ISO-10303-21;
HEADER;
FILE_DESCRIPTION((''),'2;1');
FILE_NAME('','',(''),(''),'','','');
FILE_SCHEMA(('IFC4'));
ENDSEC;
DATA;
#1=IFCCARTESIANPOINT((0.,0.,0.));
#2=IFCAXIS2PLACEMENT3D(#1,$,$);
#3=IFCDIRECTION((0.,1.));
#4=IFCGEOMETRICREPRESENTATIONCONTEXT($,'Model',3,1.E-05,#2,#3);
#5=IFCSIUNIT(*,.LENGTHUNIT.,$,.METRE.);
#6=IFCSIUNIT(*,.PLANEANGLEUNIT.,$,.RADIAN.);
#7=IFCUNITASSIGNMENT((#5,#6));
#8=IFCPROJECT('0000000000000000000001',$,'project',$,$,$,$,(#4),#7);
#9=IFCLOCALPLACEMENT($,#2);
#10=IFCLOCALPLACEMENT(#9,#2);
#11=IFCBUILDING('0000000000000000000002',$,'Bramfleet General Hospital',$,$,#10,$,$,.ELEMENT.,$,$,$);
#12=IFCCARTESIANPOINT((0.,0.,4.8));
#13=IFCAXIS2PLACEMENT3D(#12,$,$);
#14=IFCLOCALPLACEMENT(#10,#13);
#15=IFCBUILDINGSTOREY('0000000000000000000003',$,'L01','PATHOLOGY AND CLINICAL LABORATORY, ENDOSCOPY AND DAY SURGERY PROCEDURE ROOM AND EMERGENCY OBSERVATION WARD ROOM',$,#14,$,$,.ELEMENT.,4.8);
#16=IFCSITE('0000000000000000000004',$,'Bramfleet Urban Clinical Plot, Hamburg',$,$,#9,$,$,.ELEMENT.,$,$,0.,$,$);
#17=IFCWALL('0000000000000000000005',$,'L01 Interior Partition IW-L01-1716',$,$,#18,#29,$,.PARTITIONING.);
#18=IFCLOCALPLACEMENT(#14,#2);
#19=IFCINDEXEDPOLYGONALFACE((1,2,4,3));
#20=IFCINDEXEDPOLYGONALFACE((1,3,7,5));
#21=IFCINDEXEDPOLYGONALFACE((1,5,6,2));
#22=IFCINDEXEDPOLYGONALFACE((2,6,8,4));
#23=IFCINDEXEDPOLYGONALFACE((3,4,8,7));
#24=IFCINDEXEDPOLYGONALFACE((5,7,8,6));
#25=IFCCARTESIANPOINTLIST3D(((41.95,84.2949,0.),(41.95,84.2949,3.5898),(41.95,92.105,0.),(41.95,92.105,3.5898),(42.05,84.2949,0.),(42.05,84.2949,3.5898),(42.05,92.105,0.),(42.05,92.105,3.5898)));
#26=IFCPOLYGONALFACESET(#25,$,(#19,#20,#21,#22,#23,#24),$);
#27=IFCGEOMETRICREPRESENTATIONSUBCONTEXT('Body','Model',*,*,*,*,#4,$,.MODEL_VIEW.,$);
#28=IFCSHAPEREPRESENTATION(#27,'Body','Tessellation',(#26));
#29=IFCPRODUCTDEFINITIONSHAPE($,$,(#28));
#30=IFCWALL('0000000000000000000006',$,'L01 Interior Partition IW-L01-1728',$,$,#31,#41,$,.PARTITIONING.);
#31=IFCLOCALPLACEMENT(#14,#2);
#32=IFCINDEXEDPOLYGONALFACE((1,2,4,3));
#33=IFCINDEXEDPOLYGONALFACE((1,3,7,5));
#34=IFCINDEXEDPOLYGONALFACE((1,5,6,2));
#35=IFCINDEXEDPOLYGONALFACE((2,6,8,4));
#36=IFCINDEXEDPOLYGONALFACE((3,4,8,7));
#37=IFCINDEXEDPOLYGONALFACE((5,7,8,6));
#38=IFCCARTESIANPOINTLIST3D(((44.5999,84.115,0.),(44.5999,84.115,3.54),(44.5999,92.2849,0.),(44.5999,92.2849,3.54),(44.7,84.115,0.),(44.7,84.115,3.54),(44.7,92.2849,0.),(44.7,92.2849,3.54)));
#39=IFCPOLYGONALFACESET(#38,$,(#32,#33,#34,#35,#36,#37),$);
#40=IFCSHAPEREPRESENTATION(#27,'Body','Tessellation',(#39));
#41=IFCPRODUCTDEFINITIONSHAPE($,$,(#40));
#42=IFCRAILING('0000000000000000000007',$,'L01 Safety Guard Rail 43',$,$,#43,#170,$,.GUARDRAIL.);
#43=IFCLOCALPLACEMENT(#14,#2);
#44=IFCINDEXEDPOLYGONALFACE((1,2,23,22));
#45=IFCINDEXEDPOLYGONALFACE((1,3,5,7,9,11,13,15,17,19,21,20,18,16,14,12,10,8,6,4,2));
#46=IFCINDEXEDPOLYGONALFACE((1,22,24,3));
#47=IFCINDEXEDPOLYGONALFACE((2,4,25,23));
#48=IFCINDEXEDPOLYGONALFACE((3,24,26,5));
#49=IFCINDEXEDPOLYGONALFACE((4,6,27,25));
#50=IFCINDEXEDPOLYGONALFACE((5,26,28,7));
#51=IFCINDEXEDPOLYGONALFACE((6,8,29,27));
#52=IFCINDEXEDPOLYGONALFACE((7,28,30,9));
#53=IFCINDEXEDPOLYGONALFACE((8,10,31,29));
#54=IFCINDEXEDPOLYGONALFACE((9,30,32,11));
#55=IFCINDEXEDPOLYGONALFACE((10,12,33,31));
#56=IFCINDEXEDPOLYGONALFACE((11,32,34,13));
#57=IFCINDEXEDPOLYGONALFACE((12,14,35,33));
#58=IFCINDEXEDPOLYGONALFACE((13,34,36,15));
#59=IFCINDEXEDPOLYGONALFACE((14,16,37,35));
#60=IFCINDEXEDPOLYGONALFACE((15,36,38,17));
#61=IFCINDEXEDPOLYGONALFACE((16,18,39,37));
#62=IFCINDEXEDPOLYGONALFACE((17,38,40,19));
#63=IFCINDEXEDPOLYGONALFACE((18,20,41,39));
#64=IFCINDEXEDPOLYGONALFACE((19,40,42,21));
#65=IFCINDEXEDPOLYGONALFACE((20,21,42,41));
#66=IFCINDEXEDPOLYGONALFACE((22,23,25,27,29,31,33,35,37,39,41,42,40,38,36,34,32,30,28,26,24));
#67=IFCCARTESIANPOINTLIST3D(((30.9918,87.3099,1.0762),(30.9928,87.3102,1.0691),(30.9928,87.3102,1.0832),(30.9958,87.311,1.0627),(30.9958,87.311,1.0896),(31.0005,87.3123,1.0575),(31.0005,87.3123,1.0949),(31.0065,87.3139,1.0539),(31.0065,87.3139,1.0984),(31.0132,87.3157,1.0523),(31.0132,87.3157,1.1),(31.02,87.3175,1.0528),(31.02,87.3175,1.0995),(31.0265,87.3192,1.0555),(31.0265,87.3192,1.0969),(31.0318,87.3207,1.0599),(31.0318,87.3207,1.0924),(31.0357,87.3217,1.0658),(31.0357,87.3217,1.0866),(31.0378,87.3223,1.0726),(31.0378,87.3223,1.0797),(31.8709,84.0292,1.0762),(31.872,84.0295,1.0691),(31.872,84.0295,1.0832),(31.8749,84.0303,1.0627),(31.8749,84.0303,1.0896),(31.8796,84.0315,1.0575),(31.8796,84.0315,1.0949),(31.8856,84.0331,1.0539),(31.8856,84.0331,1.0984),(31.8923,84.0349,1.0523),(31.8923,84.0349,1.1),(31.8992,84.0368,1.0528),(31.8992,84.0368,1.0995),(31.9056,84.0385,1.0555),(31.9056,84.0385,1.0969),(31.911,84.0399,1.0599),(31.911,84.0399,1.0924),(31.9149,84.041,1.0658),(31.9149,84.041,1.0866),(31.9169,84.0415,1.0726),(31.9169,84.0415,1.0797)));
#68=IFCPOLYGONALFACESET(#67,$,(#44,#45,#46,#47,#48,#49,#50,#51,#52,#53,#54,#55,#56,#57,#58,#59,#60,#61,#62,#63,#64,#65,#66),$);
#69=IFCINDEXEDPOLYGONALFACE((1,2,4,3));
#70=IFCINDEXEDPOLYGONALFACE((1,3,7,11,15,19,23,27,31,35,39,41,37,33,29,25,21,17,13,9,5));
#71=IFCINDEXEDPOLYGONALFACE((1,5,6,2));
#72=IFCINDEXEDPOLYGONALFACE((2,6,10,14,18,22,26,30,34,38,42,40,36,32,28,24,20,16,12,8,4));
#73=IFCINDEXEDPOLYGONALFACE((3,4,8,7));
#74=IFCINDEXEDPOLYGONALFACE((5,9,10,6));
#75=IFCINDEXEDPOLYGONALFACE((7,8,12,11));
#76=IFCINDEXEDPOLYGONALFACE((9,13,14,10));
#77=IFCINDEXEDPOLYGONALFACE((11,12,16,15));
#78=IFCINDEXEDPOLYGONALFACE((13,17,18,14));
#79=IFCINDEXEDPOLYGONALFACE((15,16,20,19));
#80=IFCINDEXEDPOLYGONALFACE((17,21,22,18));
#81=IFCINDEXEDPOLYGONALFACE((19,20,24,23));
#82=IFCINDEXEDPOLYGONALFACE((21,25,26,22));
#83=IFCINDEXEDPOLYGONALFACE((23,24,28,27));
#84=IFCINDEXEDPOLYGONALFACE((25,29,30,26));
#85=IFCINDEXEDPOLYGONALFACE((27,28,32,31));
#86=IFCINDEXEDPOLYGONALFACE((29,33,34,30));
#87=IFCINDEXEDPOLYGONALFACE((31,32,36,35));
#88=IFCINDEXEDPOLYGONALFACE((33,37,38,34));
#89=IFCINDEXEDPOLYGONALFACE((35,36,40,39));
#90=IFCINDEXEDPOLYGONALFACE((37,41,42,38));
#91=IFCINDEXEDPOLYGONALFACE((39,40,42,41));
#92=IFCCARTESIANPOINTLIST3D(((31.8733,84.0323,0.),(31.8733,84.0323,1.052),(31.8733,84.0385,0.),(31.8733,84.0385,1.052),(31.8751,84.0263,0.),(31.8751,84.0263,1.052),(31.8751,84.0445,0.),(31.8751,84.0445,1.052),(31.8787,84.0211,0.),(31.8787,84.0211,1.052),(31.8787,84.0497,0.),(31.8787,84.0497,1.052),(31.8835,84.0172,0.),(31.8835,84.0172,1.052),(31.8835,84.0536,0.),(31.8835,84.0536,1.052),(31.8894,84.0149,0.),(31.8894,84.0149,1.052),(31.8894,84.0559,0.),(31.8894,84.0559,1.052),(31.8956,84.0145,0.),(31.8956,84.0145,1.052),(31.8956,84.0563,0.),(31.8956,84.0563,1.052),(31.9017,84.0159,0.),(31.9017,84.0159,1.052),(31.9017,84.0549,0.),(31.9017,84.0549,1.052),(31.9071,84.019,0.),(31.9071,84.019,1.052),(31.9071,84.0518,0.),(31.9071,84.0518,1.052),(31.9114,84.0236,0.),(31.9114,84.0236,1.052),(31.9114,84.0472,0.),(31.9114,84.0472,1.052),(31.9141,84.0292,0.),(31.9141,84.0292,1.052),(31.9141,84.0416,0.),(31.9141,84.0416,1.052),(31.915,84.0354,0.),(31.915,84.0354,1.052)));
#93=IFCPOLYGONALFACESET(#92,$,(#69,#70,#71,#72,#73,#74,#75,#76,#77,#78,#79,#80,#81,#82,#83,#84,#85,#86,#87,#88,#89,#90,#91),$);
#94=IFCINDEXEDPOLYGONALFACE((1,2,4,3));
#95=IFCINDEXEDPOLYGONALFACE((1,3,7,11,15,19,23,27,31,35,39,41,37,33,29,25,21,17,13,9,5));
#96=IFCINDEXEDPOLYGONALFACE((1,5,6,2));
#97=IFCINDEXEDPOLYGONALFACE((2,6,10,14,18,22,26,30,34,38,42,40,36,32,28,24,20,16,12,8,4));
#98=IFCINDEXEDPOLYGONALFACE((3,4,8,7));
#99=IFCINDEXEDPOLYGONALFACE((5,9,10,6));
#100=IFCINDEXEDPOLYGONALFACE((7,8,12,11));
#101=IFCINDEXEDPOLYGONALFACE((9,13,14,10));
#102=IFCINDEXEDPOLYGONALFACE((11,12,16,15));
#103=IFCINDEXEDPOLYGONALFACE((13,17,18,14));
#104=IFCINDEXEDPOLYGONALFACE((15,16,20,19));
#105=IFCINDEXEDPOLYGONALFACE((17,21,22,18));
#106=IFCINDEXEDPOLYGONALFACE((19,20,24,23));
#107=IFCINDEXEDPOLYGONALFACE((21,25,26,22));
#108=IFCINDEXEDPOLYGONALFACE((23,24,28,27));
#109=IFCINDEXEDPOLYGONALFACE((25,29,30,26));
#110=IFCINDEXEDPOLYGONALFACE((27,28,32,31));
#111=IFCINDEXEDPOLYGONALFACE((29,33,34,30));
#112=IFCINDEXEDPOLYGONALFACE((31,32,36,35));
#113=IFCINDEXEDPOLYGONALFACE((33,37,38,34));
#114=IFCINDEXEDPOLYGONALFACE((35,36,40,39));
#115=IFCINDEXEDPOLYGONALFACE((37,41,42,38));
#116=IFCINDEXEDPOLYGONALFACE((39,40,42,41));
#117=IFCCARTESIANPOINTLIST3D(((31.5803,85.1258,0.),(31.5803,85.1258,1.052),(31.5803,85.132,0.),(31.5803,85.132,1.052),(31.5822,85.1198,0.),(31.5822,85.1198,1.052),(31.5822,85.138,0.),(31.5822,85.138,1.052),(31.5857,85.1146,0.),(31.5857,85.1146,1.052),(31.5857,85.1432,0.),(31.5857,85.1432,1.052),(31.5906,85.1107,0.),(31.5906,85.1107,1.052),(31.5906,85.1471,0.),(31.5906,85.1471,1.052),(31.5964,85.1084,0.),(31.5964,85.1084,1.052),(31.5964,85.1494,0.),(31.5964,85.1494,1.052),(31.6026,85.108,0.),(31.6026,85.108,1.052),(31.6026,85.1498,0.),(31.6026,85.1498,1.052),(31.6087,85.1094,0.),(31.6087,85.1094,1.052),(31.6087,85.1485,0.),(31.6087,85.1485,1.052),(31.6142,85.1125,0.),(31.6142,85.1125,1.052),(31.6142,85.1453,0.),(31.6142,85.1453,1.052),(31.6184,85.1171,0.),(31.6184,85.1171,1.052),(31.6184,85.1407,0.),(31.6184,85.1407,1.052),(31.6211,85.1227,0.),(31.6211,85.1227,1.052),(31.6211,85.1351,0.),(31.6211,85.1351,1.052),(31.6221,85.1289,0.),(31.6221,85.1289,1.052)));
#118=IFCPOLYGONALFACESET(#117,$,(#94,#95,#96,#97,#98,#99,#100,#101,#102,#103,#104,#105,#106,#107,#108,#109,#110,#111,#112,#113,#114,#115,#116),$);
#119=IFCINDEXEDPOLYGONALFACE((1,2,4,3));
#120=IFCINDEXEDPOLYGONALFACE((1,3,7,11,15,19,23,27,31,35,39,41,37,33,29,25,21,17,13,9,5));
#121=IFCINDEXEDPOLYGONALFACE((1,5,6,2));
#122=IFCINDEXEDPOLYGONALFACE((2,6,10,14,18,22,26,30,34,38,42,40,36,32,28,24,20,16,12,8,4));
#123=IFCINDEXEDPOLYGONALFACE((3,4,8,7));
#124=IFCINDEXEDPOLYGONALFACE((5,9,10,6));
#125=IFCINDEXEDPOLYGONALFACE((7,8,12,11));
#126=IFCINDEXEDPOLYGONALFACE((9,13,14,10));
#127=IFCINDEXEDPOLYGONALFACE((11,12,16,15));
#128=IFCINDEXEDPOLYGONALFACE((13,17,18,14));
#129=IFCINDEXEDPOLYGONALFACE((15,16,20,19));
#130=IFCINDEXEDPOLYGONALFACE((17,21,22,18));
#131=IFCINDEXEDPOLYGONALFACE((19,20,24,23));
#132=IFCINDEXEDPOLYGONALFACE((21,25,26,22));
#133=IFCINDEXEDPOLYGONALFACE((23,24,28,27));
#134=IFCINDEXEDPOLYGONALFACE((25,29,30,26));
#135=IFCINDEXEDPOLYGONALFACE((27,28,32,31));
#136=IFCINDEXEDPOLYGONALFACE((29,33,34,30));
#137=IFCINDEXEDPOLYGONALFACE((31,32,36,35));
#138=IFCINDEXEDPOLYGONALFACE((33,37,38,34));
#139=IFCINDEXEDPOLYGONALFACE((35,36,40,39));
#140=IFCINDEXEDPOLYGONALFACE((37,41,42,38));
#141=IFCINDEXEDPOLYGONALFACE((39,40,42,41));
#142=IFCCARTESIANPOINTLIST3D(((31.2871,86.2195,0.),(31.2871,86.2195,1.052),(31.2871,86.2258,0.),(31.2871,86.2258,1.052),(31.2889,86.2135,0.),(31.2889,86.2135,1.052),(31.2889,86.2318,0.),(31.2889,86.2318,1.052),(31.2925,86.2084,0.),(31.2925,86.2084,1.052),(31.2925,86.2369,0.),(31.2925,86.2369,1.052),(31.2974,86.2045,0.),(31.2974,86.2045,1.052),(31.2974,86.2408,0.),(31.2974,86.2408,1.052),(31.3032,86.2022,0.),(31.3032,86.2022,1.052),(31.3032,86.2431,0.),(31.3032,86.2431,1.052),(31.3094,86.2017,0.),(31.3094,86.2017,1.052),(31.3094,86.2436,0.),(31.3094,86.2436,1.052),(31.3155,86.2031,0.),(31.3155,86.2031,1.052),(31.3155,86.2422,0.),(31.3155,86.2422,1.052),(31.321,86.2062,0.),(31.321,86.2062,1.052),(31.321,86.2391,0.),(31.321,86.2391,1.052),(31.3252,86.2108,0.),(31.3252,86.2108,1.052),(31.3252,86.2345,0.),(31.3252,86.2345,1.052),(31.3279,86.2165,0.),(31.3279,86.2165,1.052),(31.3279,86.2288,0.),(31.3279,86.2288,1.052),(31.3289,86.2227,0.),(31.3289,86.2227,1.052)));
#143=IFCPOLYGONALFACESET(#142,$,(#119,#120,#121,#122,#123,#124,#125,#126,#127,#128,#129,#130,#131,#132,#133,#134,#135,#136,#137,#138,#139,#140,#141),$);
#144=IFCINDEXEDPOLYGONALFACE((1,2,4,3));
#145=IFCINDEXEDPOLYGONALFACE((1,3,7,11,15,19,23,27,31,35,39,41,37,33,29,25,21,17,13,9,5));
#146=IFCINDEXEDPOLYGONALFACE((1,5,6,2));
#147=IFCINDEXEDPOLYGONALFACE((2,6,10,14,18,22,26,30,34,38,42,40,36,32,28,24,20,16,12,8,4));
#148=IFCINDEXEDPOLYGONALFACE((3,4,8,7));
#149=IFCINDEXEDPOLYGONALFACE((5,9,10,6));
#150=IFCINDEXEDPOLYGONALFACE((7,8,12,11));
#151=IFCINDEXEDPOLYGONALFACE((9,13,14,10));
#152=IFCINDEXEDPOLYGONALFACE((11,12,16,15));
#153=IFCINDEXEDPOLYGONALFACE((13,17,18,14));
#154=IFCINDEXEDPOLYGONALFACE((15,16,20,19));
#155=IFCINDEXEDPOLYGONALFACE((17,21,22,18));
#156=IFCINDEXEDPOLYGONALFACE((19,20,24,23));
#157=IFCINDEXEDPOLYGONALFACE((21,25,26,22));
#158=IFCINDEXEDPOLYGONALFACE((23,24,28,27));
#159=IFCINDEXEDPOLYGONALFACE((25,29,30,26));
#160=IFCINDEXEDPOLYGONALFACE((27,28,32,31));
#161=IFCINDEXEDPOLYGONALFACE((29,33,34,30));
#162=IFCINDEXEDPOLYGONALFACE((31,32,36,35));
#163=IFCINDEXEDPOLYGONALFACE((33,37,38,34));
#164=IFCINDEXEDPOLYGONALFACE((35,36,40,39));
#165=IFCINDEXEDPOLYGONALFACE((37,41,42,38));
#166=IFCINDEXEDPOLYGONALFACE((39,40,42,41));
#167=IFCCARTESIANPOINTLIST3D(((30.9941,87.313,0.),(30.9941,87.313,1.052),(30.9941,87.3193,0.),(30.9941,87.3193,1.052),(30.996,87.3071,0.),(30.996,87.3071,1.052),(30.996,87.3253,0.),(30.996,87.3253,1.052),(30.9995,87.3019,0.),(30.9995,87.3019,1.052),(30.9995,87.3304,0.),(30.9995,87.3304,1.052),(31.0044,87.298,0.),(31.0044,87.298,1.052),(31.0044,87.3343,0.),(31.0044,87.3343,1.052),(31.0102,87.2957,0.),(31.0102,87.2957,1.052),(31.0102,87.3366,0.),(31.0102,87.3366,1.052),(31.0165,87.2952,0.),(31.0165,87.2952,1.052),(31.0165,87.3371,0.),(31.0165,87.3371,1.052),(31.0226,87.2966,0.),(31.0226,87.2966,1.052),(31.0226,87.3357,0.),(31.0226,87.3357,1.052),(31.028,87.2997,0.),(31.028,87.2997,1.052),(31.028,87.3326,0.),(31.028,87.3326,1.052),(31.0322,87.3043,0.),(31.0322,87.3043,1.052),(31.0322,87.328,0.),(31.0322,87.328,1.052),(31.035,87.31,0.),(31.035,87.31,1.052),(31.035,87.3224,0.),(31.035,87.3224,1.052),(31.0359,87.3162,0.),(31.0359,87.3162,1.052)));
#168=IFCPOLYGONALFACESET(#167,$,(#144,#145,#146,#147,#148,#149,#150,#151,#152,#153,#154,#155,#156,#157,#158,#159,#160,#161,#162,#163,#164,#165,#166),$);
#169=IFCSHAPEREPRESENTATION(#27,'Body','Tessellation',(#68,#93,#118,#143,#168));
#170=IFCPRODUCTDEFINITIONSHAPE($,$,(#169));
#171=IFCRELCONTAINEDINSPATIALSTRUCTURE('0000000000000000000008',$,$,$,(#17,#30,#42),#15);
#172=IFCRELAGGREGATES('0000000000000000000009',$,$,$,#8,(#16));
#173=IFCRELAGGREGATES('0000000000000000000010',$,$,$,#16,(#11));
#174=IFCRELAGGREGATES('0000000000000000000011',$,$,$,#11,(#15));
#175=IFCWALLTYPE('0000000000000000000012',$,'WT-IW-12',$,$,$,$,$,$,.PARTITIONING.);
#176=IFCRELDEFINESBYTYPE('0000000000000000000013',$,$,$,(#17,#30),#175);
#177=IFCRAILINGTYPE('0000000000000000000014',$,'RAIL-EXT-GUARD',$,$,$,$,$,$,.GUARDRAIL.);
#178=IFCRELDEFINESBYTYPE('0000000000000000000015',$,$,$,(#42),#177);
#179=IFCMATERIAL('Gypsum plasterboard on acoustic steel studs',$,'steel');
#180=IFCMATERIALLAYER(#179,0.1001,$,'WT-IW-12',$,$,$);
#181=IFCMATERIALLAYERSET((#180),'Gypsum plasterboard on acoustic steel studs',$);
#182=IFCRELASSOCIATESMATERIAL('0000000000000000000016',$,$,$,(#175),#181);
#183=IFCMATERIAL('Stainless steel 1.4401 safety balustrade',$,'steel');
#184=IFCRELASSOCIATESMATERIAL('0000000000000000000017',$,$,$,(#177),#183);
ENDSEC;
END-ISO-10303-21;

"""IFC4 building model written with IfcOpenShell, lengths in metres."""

from ifc_helpers import new_model, si_unit, direction, frame, frame_2d, origin, origin_2d, place, context, subcontext, project, spatial, rectangle, circle, extrude, material, layer, layer_set, type_object, element, save


model = new_model("IFC4")

# Units and contexts
model_context = context("Model", 3, precision=1e-05, world=origin(), true_north=direction((0.0, 1.0)))
body_context = subcontext(model_context, "Body", "Model", "MODEL_VIEW")
ifc_project = project(units=[si_unit("LENGTHUNIT", "METRE"), si_unit("PLANEANGLEUNIT", "RADIAN")], contexts=[model_context])

# Site, building, storey
site_placement = place(None, origin())
site = spatial("IfcSite", under=ifc_project, at=site_placement, Name="Bramfleet Urban Clinical Plot, Hamburg", CompositionType="ELEMENT", RefElevation=0.0)
building_placement = place(site_placement, origin())
building = spatial("IfcBuilding", under=site, at=building_placement, Name="Bramfleet General Hospital", CompositionType="ELEMENT")
storey_placement = place(building_placement, frame((0.0, 0.0, 4.8)))
storey = spatial("IfcBuildingStorey", under=building, at=storey_placement, Name="L01", Description="PATHOLOGY AND CLINICAL LABORATORY, ENDOSCOPY AND DAY SURGERY PROCEDURE ROOM AND EMERGENCY OBSERVATION WARD ROOM", CompositionType="ELEMENT", Elevation=4.8)

# Walls
ifc_material_1 = material(Name="Gypsum plasterboard on acoustic steel studs", Category="steel")
ifc_layer_1 = layer(ifc_material_1, 0.1001, Name="WT-IW-12")
ifc_layer_set_1 = layer_set([ifc_layer_1], Name="Gypsum plasterboard on acoustic steel studs")
wall_type_1 = type_object("IfcWallType", Name="WT-IW-12", PredefinedType="PARTITIONING", material=ifc_layer_set_1)
wall_1_placement = place(storey_placement, frame((42.0, 84.2949, 0.0), z_axis=(0.0, 0.0, 1.0), x_axis=(0.0, 1.0, 0.0)))
element("IfcWall", 1, at=wall_1_placement, inside=storey, type_object=wall_type_1, Name="L01 Interior Partition IW-L01-1716", PredefinedType="PARTITIONING", context=body_context, shape_type="SweptSolid", body=[
    extrude(rectangle(XDim=7.8101, YDim=0.1001, at=frame_2d((3.905, 0.0))), origin(), (0.0, 0.0, 1.0), 3.5898),
])
wall_2_placement = place(storey_placement, frame((44.6499, 84.115, 0.0), z_axis=(0.0, 0.0, 1.0), x_axis=(0.0, 1.0, 0.0)))
element("IfcWall", 2, at=wall_2_placement, inside=storey, type_object=wall_type_1, Name="L01 Interior Partition IW-L01-1728", PredefinedType="PARTITIONING", context=body_context, shape_type="SweptSolid", body=[
    extrude(rectangle(XDim=8.1699, YDim=0.1001, at=frame_2d((4.085, 0.0))), origin(), (0.0, 0.0, 1.0), 3.54),
])

# Railing
ifc_material_2 = material(Name="Stainless steel 1.4401 safety balustrade", Category="steel")
railing_type = type_object("IfcRailingType", Name="RAIL-EXT-GUARD", PredefinedType="GUARDRAIL", material=ifc_material_2)
railing_placement = place(storey_placement, frame((31.894, 84.0354, 0.0)))
element("IfcRailing", 3, at=railing_placement, inside=storey, type_object=railing_type, Name="L01 Safety Guard Rail 43", PredefinedType="GUARDRAIL", context=body_context, shape_type="SweptSolid", body=[
    extrude(circle(Radius=0.0239, at=origin_2d()), frame((0.0, 0.0, 1.0762), z_axis=(-0.258839, 0.96592, 0.0), x_axis=(-0.96592, -0.258839, 0.0)), (0.0, 0.0, 1.0), 3.3965),
    extrude(circle(Radius=0.021, at=origin_2d()), origin(), (0.0, 0.0, 1.0), 1.052),
    extrude(circle(Radius=0.021, at=origin_2d()), frame((-0.293, 1.0935, 0.0)), (0.0, 0.0, 1.0), 1.052),
    extrude(circle(Radius=0.021, at=origin_2d()), frame((-0.5862, 2.1873, 0.0)), (0.0, 0.0, 1.0), 1.052),
    extrude(circle(Radius=0.021, at=origin_2d()), frame((-0.8792, 3.2808, 0.0)), (0.0, 0.0, 1.0), 1.052),
])

save(model, "model.ifc")
